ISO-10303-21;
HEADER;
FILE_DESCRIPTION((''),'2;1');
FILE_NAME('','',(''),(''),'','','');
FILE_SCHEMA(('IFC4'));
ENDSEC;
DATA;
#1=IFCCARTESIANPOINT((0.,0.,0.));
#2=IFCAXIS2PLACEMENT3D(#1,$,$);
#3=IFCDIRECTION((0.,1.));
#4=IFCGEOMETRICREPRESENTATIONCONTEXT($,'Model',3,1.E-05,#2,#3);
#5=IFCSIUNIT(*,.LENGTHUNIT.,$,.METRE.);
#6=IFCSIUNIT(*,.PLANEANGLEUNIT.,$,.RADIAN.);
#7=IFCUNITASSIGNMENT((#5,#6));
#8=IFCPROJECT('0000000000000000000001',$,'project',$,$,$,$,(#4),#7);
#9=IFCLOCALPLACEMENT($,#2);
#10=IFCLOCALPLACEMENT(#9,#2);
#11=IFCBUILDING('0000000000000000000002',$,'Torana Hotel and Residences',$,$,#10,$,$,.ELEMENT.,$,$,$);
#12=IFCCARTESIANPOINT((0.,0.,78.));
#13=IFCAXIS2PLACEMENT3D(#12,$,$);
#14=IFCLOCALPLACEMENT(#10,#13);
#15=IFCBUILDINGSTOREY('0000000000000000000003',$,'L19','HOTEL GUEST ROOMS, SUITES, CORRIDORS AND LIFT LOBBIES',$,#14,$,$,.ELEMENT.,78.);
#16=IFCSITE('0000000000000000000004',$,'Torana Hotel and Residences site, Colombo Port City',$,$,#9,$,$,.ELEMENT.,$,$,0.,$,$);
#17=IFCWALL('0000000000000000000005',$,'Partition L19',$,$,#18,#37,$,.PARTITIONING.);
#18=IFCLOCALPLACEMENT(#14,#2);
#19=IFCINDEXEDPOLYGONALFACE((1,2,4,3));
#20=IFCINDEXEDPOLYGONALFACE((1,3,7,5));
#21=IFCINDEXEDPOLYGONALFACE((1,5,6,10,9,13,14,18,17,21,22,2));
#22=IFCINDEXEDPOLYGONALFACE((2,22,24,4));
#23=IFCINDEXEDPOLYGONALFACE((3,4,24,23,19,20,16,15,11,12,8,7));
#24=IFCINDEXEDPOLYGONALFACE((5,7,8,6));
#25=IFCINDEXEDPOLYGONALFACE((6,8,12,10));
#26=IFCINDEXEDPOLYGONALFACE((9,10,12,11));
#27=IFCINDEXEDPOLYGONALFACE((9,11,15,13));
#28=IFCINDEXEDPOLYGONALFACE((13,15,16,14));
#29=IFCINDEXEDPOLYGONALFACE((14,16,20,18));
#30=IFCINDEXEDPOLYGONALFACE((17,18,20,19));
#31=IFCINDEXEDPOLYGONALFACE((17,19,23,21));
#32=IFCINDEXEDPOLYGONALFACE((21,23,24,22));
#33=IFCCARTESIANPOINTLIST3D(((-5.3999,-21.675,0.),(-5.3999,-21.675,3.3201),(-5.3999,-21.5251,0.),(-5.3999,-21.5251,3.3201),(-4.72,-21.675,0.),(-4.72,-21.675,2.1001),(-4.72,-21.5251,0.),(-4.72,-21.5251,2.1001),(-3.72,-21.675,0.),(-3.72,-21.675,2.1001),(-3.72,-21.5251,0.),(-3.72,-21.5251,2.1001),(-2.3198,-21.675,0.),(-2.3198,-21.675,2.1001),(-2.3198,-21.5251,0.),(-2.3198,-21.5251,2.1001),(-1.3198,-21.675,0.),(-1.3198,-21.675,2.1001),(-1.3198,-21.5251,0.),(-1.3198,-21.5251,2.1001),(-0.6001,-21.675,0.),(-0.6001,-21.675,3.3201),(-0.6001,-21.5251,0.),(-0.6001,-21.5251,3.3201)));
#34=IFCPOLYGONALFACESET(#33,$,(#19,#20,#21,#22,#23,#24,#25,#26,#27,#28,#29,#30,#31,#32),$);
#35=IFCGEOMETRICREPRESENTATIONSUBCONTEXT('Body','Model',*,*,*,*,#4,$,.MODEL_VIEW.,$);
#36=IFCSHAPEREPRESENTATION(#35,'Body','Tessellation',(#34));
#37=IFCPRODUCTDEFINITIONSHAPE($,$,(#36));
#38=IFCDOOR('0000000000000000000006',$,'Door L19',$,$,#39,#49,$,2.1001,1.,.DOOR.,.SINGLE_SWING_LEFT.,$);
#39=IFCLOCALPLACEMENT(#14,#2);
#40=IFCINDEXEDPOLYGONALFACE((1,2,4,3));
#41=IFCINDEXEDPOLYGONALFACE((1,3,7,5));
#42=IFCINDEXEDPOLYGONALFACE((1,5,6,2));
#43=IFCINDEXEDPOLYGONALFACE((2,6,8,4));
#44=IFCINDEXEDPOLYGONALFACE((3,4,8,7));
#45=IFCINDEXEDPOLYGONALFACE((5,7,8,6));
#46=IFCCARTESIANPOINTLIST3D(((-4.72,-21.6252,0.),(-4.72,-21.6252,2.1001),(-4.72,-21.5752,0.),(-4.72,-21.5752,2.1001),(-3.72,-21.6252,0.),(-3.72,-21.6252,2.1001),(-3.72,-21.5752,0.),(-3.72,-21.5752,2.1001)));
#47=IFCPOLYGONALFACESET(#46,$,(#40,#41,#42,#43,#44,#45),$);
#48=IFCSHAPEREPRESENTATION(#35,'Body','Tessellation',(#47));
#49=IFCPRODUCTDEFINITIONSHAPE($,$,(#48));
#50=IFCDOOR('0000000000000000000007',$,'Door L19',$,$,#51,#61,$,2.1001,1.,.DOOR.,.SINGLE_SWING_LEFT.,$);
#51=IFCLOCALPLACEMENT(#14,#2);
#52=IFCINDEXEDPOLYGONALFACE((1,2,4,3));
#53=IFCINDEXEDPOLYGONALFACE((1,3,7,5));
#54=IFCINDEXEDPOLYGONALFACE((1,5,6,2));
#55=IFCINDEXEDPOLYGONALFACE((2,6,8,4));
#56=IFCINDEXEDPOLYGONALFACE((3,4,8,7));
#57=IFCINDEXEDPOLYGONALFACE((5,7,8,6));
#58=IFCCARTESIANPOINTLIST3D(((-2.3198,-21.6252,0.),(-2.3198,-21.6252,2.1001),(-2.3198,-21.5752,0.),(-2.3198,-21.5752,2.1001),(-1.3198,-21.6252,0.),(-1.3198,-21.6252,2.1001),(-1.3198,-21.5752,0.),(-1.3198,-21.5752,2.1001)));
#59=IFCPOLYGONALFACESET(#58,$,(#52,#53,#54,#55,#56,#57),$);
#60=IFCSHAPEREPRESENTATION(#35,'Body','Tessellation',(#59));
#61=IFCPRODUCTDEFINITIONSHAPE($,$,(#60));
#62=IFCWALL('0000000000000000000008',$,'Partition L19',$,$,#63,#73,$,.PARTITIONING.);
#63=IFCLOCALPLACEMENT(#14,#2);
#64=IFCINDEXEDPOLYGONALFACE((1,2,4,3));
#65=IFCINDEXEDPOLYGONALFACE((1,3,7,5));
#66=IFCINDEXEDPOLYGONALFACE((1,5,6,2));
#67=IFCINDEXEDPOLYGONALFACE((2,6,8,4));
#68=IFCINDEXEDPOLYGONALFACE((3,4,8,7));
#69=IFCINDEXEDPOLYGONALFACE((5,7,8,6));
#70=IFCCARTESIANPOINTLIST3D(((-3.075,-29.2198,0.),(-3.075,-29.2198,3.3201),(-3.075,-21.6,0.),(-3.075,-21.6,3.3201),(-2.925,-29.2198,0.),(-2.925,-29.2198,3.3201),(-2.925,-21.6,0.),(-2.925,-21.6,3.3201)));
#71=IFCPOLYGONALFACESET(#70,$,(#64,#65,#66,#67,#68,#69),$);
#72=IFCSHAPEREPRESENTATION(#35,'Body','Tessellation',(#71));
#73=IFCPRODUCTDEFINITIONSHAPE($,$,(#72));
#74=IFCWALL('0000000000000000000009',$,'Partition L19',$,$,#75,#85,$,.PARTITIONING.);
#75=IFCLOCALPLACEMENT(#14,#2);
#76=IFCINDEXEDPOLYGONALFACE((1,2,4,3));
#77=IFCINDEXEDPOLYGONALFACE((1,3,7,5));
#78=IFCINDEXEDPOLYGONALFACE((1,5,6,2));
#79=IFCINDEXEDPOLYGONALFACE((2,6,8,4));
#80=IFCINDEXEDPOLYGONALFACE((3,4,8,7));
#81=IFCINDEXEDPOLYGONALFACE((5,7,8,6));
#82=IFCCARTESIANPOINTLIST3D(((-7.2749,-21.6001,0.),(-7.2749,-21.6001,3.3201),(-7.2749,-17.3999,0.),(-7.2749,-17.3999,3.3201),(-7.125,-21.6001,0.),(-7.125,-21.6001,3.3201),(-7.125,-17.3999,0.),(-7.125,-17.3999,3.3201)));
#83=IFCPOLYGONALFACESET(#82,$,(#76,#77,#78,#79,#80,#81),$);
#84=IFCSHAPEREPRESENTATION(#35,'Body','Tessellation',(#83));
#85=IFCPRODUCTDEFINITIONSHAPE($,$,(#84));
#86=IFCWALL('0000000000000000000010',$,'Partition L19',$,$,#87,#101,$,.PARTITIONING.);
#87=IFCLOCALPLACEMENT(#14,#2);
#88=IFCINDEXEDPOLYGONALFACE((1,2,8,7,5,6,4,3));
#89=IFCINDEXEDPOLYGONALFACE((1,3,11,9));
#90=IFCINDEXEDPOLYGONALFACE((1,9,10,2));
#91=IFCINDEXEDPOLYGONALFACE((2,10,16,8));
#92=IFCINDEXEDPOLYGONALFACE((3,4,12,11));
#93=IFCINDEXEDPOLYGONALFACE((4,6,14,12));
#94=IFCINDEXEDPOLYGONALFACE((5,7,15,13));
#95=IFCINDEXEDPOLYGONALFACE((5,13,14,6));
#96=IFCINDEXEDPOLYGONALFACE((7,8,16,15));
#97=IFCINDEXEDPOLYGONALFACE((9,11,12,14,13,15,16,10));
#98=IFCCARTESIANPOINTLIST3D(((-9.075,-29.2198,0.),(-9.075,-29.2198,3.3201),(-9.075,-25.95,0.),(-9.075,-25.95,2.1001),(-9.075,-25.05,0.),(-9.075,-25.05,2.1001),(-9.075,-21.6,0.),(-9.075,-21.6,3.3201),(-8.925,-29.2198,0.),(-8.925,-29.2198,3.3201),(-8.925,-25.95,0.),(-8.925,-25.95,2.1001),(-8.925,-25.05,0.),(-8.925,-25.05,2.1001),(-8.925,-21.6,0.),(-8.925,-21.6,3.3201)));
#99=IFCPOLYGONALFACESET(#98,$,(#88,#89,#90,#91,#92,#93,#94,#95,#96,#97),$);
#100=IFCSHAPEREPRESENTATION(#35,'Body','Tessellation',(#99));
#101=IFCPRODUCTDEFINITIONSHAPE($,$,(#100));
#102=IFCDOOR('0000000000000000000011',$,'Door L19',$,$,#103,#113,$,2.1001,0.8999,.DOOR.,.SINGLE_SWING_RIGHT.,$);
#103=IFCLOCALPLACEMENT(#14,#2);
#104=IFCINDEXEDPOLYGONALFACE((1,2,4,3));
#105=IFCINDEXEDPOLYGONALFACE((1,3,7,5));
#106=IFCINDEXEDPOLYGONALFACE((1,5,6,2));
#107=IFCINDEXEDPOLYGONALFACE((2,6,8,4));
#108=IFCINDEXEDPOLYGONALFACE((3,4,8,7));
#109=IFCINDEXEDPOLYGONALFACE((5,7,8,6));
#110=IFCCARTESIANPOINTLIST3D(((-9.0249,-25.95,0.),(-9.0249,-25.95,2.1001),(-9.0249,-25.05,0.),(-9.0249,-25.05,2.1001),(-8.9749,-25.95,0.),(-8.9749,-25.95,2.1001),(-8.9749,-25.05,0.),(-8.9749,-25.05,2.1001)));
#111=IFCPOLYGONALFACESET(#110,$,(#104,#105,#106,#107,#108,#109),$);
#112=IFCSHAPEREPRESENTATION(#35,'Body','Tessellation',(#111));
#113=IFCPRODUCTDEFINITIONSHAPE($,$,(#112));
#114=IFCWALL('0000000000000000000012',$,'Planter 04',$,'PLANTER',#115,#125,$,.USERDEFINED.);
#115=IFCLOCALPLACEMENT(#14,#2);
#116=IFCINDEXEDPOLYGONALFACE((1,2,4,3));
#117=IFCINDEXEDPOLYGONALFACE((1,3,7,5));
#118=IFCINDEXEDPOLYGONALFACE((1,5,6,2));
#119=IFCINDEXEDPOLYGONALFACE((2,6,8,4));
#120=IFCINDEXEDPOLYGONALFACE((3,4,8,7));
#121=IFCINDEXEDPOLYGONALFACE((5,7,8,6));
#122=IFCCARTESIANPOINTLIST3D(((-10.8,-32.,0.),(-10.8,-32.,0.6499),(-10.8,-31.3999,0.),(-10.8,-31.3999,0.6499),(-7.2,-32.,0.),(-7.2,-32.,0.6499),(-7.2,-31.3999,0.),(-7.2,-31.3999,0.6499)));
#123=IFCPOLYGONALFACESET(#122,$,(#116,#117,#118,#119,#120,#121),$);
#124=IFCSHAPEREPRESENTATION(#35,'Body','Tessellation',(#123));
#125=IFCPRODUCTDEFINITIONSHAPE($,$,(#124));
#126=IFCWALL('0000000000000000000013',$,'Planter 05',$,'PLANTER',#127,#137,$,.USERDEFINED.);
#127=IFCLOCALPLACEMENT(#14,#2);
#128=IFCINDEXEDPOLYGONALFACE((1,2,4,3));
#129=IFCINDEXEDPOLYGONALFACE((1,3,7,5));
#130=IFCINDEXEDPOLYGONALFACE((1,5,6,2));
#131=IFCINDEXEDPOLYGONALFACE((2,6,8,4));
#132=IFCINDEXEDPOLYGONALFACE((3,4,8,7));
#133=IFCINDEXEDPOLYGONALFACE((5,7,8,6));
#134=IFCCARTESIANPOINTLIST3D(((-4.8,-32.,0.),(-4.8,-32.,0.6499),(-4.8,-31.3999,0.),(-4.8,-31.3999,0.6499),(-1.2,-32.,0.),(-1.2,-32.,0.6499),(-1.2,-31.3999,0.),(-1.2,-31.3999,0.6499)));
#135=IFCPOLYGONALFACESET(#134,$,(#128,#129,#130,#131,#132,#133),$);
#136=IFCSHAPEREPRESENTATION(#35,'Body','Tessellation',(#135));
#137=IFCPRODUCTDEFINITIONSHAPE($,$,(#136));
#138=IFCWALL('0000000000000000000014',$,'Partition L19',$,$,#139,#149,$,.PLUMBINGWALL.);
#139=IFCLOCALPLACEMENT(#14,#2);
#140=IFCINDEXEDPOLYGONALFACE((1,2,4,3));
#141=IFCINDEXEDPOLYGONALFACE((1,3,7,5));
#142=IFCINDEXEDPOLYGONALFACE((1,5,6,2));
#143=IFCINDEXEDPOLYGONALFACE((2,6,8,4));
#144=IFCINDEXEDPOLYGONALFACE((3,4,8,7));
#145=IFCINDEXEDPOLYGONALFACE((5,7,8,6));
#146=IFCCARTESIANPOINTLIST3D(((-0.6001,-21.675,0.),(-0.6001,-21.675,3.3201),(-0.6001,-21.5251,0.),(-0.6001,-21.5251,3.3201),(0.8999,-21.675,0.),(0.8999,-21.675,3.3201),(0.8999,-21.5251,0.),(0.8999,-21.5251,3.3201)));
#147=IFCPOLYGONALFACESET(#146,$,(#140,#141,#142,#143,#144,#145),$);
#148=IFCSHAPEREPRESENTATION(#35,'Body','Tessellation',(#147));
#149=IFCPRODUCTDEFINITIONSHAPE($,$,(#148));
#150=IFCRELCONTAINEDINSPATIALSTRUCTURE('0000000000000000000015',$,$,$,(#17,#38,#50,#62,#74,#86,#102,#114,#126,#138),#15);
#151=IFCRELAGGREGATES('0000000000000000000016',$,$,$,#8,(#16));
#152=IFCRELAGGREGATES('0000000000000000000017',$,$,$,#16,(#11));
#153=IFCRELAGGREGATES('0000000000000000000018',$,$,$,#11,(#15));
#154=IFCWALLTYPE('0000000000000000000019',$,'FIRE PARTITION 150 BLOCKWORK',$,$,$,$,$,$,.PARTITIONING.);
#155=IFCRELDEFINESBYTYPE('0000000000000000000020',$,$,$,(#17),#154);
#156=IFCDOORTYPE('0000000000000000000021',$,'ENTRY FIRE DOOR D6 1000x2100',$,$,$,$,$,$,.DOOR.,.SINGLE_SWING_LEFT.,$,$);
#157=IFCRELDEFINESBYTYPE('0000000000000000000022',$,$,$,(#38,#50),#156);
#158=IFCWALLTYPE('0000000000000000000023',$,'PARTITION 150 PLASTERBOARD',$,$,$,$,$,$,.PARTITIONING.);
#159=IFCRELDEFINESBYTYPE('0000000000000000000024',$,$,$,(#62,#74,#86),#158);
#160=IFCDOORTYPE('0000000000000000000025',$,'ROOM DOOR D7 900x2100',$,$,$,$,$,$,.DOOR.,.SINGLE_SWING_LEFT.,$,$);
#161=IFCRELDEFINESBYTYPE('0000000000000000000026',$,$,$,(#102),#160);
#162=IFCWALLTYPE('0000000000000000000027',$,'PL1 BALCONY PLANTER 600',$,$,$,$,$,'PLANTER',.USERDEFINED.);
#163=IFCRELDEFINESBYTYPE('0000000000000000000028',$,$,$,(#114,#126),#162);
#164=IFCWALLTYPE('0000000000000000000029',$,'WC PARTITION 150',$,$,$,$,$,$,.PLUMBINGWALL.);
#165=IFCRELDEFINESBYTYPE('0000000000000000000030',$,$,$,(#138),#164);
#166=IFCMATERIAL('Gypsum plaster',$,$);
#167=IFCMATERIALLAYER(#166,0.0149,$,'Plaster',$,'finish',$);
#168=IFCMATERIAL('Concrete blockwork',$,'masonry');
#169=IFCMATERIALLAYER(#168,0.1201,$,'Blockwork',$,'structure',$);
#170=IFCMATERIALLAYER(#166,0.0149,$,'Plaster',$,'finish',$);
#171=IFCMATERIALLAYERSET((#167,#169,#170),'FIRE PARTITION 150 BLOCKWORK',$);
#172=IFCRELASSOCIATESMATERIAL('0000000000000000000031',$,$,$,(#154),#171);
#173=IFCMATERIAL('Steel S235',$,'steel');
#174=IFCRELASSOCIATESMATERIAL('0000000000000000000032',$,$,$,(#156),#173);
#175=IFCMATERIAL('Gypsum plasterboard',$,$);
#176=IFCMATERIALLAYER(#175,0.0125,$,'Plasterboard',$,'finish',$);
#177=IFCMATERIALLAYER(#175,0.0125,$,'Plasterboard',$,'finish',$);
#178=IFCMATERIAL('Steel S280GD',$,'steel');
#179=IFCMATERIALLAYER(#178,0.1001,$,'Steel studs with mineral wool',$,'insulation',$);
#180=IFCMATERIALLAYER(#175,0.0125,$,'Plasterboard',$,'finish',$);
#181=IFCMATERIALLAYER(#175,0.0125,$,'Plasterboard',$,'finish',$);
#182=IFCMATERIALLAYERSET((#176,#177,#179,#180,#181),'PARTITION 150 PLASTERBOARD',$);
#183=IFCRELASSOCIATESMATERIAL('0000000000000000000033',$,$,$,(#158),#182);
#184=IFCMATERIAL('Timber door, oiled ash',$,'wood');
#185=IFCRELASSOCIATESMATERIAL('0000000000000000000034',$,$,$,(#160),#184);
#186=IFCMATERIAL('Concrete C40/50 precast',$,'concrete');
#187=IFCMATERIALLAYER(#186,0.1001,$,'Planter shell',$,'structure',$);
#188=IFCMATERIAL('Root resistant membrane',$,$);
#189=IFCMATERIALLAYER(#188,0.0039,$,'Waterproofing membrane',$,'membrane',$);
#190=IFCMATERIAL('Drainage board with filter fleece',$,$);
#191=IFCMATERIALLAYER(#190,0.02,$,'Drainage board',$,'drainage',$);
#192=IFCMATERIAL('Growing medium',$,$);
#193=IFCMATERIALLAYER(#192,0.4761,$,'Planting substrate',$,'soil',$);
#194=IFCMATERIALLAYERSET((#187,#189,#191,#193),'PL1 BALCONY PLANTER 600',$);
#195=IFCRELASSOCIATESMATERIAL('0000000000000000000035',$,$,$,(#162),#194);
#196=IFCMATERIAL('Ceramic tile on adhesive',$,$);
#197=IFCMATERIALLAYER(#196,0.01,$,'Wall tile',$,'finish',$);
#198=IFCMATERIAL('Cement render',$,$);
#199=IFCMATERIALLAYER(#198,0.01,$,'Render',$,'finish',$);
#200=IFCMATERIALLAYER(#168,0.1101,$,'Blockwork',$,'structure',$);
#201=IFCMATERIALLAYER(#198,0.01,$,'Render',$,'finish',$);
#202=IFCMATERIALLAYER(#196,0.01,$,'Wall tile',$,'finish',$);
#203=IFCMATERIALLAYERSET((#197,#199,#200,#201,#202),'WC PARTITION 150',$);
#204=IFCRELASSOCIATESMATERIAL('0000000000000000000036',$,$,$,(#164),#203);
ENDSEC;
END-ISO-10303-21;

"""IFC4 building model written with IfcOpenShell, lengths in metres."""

from ifc_helpers import new_model, si_unit, direction, frame, frame_2d, origin, place, context, subcontext, project, spatial, rectangle, extrude, material, layer, layer_set, type_object, element, fill, save


model = new_model("IFC4")

# Units and contexts
model_context = context("Model", 3, precision=1e-05, world=origin(), true_north=direction((0.0, 1.0)))
body_context = subcontext(model_context, "Body", "Model", "MODEL_VIEW")
ifc_project = project(units=[si_unit("LENGTHUNIT", "METRE"), si_unit("PLANEANGLEUNIT", "RADIAN")], contexts=[model_context])

# Site, building, storey
site_placement = place(None, origin())
site = spatial("IfcSite", under=ifc_project, at=site_placement, Name="Torana Hotel and Residences site, Colombo Port City", CompositionType="ELEMENT", RefElevation=0.0)
building_placement = place(site_placement, origin())
building = spatial("IfcBuilding", under=site, at=building_placement, Name="Torana Hotel and Residences", CompositionType="ELEMENT")
storey_placement = place(building_placement, frame((0.0, 0.0, 78.0)))
storey = spatial("IfcBuildingStorey", under=building, at=storey_placement, Name="L19", Description="HOTEL GUEST ROOMS, SUITES, CORRIDORS AND LIFT LOBBIES", CompositionType="ELEMENT", Elevation=78.0)

# Shared definitions
ifc_material_1 = material(Name="Gypsum plaster")
ifc_layer_1 = layer(ifc_material_1, 0.0149, Name="Plaster", Category="finish")
ifc_material_2 = material(Name="Concrete blockwork", Category="masonry")
ifc_layer_2 = layer(ifc_material_2, 0.1201, Name="Blockwork", Category="structure")
ifc_layer_3 = layer(ifc_material_1, 0.0149, Name="Plaster", Category="finish")
ifc_layer_set_1 = layer_set([ifc_layer_1, ifc_layer_2, ifc_layer_3], Name="FIRE PARTITION 150 BLOCKWORK")
wall_type_1 = type_object("IfcWallType", Name="FIRE PARTITION 150 BLOCKWORK", PredefinedType="PARTITIONING", material=ifc_layer_set_1)
ifc_material_3 = material(Name="Steel S235", Category="steel")
door_type_1 = type_object("IfcDoorType", Name="ENTRY FIRE DOOR D6 1000x2100", OperationType="SINGLE_SWING_LEFT", PredefinedType="DOOR", material=ifc_material_3)

# Wall, openings, doors
wall_1_placement = place(storey_placement, frame((-5.3999, -21.6001, 0.0), z_axis=(0.0, 0.0, 1.0), x_axis=(1.0, 0.0, 0.0)))
wall_1 = element("IfcWall", 1, at=wall_1_placement, inside=storey, type_object=wall_type_1, Name="Partition L19", PredefinedType="PARTITIONING", context=body_context, shape_type="SweptSolid", body=[
    extrude(rectangle(XDim=4.7998, YDim=0.1499, at=frame_2d((2.3999, 0.0))), origin(), (0.0, 0.0, 1.0), 3.3201),
])
opening_1_placement = place(wall_1_placement, frame((0.6799, 0.0, 0.0)))
opening_1 = element("IfcOpeningElement", 2, at=opening_1_placement, cuts=wall_1, PredefinedType="OPENING", context=body_context, shape_type="SweptSolid", body=[
    extrude(rectangle(XDim=1.0, YDim=2.1001, at=frame_2d((0.5, 1.05))), frame((0.0, 0.085, 0.0), z_axis=(0.0, -1.0, 0.0), x_axis=(1.0, 0.0, 0.0)), (0.0, 0.0, 1.0), 0.1699),
])
opening_2_placement = place(wall_1_placement, frame((3.0801, 0.0, 0.0)))
opening_2 = element("IfcOpeningElement", 3, at=opening_2_placement, cuts=wall_1, PredefinedType="OPENING", context=body_context, shape_type="SweptSolid", body=[
    extrude(rectangle(XDim=1.0, YDim=2.1001, at=frame_2d((0.5, 1.05))), frame((0.0, 0.085, 0.0), z_axis=(0.0, -1.0, 0.0), x_axis=(1.0, 0.0, 0.0)), (0.0, 0.0, 1.0), 0.1699),
])
door_1_placement = place(opening_1_placement, frame((0.5, 0.0, 0.0), z_axis=(0.0, 0.0, 1.0), x_axis=(-1.0, 0.0, 0.0)))
door_1 = element("IfcDoor", 4, at=door_1_placement, inside=storey, type_object=door_type_1, Name="Door L19", OperationType="SINGLE_SWING_LEFT", OverallHeight=2.1001, OverallWidth=1.0, PredefinedType="DOOR", context=body_context, shape_type="SweptSolid", body=[
    extrude(rectangle(XDim=1.0, YDim=2.1001, at=frame_2d((0.0, 1.05))), frame((0.0, -0.0249, 0.0), z_axis=(0.0, 1.0, 0.0), x_axis=(-1.0, 0.0, 0.0)), (0.0, 0.0, 1.0), 0.05),
])
fill(opening_1, door_1)
door_2_placement = place(opening_2_placement, frame((0.5, 0.0, 0.0), z_axis=(0.0, 0.0, 1.0), x_axis=(-1.0, 0.0, 0.0)))
door_2 = element("IfcDoor", 5, at=door_2_placement, inside=storey, type_object=door_type_1, Name="Door L19", OperationType="SINGLE_SWING_LEFT", OverallHeight=2.1001, OverallWidth=1.0, PredefinedType="DOOR", context=body_context, shape_type="SweptSolid", body=[
    extrude(rectangle(XDim=1.0, YDim=2.1001, at=frame_2d((0.0, 1.05))), frame((0.0, -0.0249, 0.0), z_axis=(0.0, 1.0, 0.0), x_axis=(-1.0, 0.0, 0.0)), (0.0, 0.0, 1.0), 0.05),
])
fill(opening_2, door_2)

# Walls
ifc_material_4 = material(Name="Gypsum plasterboard")
ifc_layer_4 = layer(ifc_material_4, 0.0125, Name="Plasterboard", Category="finish")
ifc_layer_5 = layer(ifc_material_4, 0.0125, Name="Plasterboard", Category="finish")
ifc_material_5 = material(Name="Steel S280GD", Category="steel")
ifc_layer_6 = layer(ifc_material_5, 0.1001, Name="Steel studs with mineral wool", Category="insulation")
ifc_layer_7 = layer(ifc_material_4, 0.0125, Name="Plasterboard", Category="finish")
ifc_layer_8 = layer(ifc_material_4, 0.0125, Name="Plasterboard", Category="finish")
ifc_layer_set_2 = layer_set([ifc_layer_4, ifc_layer_5, ifc_layer_6, ifc_layer_7, ifc_layer_8], Name="PARTITION 150 PLASTERBOARD")
wall_type_2 = type_object("IfcWallType", Name="PARTITION 150 PLASTERBOARD", PredefinedType="PARTITIONING", material=ifc_layer_set_2)
wall_2_placement = place(storey_placement, frame((-3.0, -29.22, 0.0), z_axis=(0.0, 0.0, 1.0), x_axis=(0.0, 1.0, 0.0)))
element("IfcWall", 6, at=wall_2_placement, inside=storey, type_object=wall_type_2, Name="Partition L19", PredefinedType="PARTITIONING", context=body_context, shape_type="SweptSolid", body=[
    extrude(rectangle(XDim=7.6199, YDim=0.1499, at=frame_2d((3.8101, 0.0))), origin(), (0.0, 0.0, 1.0), 3.3201),
])
wall_3_placement = place(storey_placement, frame((-7.2, -21.6001, 0.0), z_axis=(0.0, 0.0, 1.0), x_axis=(0.0, 1.0, 0.0)))
element("IfcWall", 7, at=wall_3_placement, inside=storey, type_object=wall_type_2, Name="Partition L19", PredefinedType="PARTITIONING", context=body_context, shape_type="SweptSolid", body=[
    extrude(rectangle(XDim=4.2002, YDim=0.1499, at=frame_2d((2.1001, 0.0))), origin(), (0.0, 0.0, 1.0), 3.3201),
])

# Wall, opening, door
wall_4_placement = place(storey_placement, frame((-9.0, -29.22, 0.0), z_axis=(0.0, 0.0, 1.0), x_axis=(0.0, 1.0, 0.0)))
wall_4 = element("IfcWall", 8, at=wall_4_placement, inside=storey, type_object=wall_type_2, Name="Partition L19", PredefinedType="PARTITIONING", context=body_context, shape_type="SweptSolid", body=[
    extrude(rectangle(XDim=7.6199, YDim=0.1499, at=frame_2d((3.8101, 0.0))), origin(), (0.0, 0.0, 1.0), 3.3201),
])
opening_3_placement = place(wall_4_placement, frame((3.27, 0.0, 0.0)))
opening_3 = element("IfcOpeningElement", 9, at=opening_3_placement, cuts=wall_4, PredefinedType="OPENING", context=body_context, shape_type="SweptSolid", body=[
    extrude(rectangle(XDim=0.8999, YDim=2.1001, at=frame_2d((0.45, 1.05))), frame((0.0, 0.085, 0.0), z_axis=(0.0, -1.0, 0.0), x_axis=(1.0, 0.0, 0.0)), (0.0, 0.0, 1.0), 0.1699),
])
ifc_material_6 = material(Name="Timber door, oiled ash", Category="wood")
door_type_2 = type_object("IfcDoorType", Name="ROOM DOOR D7 900x2100", OperationType="SINGLE_SWING_LEFT", PredefinedType="DOOR", material=ifc_material_6)
door_3_placement = place(opening_3_placement, origin())
door_3 = element("IfcDoor", 10, at=door_3_placement, inside=storey, type_object=door_type_2, Name="Door L19", OperationType="SINGLE_SWING_RIGHT", OverallHeight=2.1001, OverallWidth=0.8999, PredefinedType="DOOR", context=body_context, shape_type="SweptSolid", body=[
    extrude(rectangle(XDim=0.8999, YDim=2.1001, at=frame_2d((0.45, 1.05))), frame((0.0, 0.0249, 0.0), z_axis=(0.0, -1.0, 0.0), x_axis=(1.0, 0.0, 0.0)), (0.0, 0.0, 1.0), 0.05),
])
fill(opening_3, door_3)

# Walls
ifc_material_7 = material(Name="Concrete C40/50 precast", Category="concrete")
ifc_layer_9 = layer(ifc_material_7, 0.1001, Name="Planter shell", Category="structure")
ifc_material_8 = material(Name="Root resistant membrane")
ifc_layer_10 = layer(ifc_material_8, 0.0039, Name="Waterproofing membrane", Category="membrane")
ifc_material_9 = material(Name="Drainage board with filter fleece")
ifc_layer_11 = layer(ifc_material_9, 0.02, Name="Drainage board", Category="drainage")
ifc_material_10 = material(Name="Growing medium")
ifc_layer_12 = layer(ifc_material_10, 0.4761, Name="Planting substrate", Category="soil")
ifc_layer_set_3 = layer_set([ifc_layer_9, ifc_layer_10, ifc_layer_11, ifc_layer_12], Name="PL1 BALCONY PLANTER 600")
wall_type_3 = type_object("IfcWallType", Name="PL1 BALCONY PLANTER 600", ElementType="PLANTER", PredefinedType="USERDEFINED", material=ifc_layer_set_3)
for number, where, z_axis, x_axis, name in (
    (11, (-7.2, -31.7, 0.0), (0.0, 0.0, 1.0), (-1.0, 0.0, 0.0), "Planter 04"),
    (12, (-1.2, -31.7, 0.0), (0.0, 0.0, 1.0), (-1.0, 0.0, 0.0), "Planter 05"),
):
    element("IfcWall", number, at=place(storey_placement, frame(where, z_axis=z_axis, x_axis=x_axis)), inside=storey, type_object=wall_type_3, Name=name, ObjectType="PLANTER", PredefinedType="USERDEFINED", context=body_context, shape_type="SweptSolid", body=[
        extrude(rectangle(XDim=3.6001, YDim=0.6001, at=frame_2d((1.8, 0.0))), origin(), (0.0, 0.0, 1.0), 0.6499),
    ])
ifc_material_11 = material(Name="Ceramic tile on adhesive")
ifc_layer_13 = layer(ifc_material_11, 0.01, Name="Wall tile", Category="finish")
ifc_material_12 = material(Name="Cement render")
ifc_layer_14 = layer(ifc_material_12, 0.01, Name="Render", Category="finish")
ifc_layer_15 = layer(ifc_material_2, 0.1101, Name="Blockwork", Category="structure")
ifc_layer_16 = layer(ifc_material_12, 0.01, Name="Render", Category="finish")
ifc_layer_17 = layer(ifc_material_11, 0.01, Name="Wall tile", Category="finish")
ifc_layer_set_4 = layer_set([ifc_layer_13, ifc_layer_14, ifc_layer_15, ifc_layer_16, ifc_layer_17], Name="WC PARTITION 150")
wall_type_4 = type_object("IfcWallType", Name="WC PARTITION 150", PredefinedType="PLUMBINGWALL", material=ifc_layer_set_4)
wall_5_placement = place(storey_placement, frame((-0.6001, -21.6001, 0.0), z_axis=(0.0, 0.0, 1.0), x_axis=(1.0, 0.0, 0.0)))
element("IfcWall", 13, at=wall_5_placement, inside=storey, type_object=wall_type_4, Name="Partition L19", PredefinedType="PLUMBINGWALL", context=body_context, shape_type="SweptSolid", body=[
    extrude(rectangle(XDim=1.5, YDim=0.1499, at=frame_2d((0.75, 0.0))), origin(), (0.0, 0.0, 1.0), 3.3201),
])

save(model, "model.ifc")
